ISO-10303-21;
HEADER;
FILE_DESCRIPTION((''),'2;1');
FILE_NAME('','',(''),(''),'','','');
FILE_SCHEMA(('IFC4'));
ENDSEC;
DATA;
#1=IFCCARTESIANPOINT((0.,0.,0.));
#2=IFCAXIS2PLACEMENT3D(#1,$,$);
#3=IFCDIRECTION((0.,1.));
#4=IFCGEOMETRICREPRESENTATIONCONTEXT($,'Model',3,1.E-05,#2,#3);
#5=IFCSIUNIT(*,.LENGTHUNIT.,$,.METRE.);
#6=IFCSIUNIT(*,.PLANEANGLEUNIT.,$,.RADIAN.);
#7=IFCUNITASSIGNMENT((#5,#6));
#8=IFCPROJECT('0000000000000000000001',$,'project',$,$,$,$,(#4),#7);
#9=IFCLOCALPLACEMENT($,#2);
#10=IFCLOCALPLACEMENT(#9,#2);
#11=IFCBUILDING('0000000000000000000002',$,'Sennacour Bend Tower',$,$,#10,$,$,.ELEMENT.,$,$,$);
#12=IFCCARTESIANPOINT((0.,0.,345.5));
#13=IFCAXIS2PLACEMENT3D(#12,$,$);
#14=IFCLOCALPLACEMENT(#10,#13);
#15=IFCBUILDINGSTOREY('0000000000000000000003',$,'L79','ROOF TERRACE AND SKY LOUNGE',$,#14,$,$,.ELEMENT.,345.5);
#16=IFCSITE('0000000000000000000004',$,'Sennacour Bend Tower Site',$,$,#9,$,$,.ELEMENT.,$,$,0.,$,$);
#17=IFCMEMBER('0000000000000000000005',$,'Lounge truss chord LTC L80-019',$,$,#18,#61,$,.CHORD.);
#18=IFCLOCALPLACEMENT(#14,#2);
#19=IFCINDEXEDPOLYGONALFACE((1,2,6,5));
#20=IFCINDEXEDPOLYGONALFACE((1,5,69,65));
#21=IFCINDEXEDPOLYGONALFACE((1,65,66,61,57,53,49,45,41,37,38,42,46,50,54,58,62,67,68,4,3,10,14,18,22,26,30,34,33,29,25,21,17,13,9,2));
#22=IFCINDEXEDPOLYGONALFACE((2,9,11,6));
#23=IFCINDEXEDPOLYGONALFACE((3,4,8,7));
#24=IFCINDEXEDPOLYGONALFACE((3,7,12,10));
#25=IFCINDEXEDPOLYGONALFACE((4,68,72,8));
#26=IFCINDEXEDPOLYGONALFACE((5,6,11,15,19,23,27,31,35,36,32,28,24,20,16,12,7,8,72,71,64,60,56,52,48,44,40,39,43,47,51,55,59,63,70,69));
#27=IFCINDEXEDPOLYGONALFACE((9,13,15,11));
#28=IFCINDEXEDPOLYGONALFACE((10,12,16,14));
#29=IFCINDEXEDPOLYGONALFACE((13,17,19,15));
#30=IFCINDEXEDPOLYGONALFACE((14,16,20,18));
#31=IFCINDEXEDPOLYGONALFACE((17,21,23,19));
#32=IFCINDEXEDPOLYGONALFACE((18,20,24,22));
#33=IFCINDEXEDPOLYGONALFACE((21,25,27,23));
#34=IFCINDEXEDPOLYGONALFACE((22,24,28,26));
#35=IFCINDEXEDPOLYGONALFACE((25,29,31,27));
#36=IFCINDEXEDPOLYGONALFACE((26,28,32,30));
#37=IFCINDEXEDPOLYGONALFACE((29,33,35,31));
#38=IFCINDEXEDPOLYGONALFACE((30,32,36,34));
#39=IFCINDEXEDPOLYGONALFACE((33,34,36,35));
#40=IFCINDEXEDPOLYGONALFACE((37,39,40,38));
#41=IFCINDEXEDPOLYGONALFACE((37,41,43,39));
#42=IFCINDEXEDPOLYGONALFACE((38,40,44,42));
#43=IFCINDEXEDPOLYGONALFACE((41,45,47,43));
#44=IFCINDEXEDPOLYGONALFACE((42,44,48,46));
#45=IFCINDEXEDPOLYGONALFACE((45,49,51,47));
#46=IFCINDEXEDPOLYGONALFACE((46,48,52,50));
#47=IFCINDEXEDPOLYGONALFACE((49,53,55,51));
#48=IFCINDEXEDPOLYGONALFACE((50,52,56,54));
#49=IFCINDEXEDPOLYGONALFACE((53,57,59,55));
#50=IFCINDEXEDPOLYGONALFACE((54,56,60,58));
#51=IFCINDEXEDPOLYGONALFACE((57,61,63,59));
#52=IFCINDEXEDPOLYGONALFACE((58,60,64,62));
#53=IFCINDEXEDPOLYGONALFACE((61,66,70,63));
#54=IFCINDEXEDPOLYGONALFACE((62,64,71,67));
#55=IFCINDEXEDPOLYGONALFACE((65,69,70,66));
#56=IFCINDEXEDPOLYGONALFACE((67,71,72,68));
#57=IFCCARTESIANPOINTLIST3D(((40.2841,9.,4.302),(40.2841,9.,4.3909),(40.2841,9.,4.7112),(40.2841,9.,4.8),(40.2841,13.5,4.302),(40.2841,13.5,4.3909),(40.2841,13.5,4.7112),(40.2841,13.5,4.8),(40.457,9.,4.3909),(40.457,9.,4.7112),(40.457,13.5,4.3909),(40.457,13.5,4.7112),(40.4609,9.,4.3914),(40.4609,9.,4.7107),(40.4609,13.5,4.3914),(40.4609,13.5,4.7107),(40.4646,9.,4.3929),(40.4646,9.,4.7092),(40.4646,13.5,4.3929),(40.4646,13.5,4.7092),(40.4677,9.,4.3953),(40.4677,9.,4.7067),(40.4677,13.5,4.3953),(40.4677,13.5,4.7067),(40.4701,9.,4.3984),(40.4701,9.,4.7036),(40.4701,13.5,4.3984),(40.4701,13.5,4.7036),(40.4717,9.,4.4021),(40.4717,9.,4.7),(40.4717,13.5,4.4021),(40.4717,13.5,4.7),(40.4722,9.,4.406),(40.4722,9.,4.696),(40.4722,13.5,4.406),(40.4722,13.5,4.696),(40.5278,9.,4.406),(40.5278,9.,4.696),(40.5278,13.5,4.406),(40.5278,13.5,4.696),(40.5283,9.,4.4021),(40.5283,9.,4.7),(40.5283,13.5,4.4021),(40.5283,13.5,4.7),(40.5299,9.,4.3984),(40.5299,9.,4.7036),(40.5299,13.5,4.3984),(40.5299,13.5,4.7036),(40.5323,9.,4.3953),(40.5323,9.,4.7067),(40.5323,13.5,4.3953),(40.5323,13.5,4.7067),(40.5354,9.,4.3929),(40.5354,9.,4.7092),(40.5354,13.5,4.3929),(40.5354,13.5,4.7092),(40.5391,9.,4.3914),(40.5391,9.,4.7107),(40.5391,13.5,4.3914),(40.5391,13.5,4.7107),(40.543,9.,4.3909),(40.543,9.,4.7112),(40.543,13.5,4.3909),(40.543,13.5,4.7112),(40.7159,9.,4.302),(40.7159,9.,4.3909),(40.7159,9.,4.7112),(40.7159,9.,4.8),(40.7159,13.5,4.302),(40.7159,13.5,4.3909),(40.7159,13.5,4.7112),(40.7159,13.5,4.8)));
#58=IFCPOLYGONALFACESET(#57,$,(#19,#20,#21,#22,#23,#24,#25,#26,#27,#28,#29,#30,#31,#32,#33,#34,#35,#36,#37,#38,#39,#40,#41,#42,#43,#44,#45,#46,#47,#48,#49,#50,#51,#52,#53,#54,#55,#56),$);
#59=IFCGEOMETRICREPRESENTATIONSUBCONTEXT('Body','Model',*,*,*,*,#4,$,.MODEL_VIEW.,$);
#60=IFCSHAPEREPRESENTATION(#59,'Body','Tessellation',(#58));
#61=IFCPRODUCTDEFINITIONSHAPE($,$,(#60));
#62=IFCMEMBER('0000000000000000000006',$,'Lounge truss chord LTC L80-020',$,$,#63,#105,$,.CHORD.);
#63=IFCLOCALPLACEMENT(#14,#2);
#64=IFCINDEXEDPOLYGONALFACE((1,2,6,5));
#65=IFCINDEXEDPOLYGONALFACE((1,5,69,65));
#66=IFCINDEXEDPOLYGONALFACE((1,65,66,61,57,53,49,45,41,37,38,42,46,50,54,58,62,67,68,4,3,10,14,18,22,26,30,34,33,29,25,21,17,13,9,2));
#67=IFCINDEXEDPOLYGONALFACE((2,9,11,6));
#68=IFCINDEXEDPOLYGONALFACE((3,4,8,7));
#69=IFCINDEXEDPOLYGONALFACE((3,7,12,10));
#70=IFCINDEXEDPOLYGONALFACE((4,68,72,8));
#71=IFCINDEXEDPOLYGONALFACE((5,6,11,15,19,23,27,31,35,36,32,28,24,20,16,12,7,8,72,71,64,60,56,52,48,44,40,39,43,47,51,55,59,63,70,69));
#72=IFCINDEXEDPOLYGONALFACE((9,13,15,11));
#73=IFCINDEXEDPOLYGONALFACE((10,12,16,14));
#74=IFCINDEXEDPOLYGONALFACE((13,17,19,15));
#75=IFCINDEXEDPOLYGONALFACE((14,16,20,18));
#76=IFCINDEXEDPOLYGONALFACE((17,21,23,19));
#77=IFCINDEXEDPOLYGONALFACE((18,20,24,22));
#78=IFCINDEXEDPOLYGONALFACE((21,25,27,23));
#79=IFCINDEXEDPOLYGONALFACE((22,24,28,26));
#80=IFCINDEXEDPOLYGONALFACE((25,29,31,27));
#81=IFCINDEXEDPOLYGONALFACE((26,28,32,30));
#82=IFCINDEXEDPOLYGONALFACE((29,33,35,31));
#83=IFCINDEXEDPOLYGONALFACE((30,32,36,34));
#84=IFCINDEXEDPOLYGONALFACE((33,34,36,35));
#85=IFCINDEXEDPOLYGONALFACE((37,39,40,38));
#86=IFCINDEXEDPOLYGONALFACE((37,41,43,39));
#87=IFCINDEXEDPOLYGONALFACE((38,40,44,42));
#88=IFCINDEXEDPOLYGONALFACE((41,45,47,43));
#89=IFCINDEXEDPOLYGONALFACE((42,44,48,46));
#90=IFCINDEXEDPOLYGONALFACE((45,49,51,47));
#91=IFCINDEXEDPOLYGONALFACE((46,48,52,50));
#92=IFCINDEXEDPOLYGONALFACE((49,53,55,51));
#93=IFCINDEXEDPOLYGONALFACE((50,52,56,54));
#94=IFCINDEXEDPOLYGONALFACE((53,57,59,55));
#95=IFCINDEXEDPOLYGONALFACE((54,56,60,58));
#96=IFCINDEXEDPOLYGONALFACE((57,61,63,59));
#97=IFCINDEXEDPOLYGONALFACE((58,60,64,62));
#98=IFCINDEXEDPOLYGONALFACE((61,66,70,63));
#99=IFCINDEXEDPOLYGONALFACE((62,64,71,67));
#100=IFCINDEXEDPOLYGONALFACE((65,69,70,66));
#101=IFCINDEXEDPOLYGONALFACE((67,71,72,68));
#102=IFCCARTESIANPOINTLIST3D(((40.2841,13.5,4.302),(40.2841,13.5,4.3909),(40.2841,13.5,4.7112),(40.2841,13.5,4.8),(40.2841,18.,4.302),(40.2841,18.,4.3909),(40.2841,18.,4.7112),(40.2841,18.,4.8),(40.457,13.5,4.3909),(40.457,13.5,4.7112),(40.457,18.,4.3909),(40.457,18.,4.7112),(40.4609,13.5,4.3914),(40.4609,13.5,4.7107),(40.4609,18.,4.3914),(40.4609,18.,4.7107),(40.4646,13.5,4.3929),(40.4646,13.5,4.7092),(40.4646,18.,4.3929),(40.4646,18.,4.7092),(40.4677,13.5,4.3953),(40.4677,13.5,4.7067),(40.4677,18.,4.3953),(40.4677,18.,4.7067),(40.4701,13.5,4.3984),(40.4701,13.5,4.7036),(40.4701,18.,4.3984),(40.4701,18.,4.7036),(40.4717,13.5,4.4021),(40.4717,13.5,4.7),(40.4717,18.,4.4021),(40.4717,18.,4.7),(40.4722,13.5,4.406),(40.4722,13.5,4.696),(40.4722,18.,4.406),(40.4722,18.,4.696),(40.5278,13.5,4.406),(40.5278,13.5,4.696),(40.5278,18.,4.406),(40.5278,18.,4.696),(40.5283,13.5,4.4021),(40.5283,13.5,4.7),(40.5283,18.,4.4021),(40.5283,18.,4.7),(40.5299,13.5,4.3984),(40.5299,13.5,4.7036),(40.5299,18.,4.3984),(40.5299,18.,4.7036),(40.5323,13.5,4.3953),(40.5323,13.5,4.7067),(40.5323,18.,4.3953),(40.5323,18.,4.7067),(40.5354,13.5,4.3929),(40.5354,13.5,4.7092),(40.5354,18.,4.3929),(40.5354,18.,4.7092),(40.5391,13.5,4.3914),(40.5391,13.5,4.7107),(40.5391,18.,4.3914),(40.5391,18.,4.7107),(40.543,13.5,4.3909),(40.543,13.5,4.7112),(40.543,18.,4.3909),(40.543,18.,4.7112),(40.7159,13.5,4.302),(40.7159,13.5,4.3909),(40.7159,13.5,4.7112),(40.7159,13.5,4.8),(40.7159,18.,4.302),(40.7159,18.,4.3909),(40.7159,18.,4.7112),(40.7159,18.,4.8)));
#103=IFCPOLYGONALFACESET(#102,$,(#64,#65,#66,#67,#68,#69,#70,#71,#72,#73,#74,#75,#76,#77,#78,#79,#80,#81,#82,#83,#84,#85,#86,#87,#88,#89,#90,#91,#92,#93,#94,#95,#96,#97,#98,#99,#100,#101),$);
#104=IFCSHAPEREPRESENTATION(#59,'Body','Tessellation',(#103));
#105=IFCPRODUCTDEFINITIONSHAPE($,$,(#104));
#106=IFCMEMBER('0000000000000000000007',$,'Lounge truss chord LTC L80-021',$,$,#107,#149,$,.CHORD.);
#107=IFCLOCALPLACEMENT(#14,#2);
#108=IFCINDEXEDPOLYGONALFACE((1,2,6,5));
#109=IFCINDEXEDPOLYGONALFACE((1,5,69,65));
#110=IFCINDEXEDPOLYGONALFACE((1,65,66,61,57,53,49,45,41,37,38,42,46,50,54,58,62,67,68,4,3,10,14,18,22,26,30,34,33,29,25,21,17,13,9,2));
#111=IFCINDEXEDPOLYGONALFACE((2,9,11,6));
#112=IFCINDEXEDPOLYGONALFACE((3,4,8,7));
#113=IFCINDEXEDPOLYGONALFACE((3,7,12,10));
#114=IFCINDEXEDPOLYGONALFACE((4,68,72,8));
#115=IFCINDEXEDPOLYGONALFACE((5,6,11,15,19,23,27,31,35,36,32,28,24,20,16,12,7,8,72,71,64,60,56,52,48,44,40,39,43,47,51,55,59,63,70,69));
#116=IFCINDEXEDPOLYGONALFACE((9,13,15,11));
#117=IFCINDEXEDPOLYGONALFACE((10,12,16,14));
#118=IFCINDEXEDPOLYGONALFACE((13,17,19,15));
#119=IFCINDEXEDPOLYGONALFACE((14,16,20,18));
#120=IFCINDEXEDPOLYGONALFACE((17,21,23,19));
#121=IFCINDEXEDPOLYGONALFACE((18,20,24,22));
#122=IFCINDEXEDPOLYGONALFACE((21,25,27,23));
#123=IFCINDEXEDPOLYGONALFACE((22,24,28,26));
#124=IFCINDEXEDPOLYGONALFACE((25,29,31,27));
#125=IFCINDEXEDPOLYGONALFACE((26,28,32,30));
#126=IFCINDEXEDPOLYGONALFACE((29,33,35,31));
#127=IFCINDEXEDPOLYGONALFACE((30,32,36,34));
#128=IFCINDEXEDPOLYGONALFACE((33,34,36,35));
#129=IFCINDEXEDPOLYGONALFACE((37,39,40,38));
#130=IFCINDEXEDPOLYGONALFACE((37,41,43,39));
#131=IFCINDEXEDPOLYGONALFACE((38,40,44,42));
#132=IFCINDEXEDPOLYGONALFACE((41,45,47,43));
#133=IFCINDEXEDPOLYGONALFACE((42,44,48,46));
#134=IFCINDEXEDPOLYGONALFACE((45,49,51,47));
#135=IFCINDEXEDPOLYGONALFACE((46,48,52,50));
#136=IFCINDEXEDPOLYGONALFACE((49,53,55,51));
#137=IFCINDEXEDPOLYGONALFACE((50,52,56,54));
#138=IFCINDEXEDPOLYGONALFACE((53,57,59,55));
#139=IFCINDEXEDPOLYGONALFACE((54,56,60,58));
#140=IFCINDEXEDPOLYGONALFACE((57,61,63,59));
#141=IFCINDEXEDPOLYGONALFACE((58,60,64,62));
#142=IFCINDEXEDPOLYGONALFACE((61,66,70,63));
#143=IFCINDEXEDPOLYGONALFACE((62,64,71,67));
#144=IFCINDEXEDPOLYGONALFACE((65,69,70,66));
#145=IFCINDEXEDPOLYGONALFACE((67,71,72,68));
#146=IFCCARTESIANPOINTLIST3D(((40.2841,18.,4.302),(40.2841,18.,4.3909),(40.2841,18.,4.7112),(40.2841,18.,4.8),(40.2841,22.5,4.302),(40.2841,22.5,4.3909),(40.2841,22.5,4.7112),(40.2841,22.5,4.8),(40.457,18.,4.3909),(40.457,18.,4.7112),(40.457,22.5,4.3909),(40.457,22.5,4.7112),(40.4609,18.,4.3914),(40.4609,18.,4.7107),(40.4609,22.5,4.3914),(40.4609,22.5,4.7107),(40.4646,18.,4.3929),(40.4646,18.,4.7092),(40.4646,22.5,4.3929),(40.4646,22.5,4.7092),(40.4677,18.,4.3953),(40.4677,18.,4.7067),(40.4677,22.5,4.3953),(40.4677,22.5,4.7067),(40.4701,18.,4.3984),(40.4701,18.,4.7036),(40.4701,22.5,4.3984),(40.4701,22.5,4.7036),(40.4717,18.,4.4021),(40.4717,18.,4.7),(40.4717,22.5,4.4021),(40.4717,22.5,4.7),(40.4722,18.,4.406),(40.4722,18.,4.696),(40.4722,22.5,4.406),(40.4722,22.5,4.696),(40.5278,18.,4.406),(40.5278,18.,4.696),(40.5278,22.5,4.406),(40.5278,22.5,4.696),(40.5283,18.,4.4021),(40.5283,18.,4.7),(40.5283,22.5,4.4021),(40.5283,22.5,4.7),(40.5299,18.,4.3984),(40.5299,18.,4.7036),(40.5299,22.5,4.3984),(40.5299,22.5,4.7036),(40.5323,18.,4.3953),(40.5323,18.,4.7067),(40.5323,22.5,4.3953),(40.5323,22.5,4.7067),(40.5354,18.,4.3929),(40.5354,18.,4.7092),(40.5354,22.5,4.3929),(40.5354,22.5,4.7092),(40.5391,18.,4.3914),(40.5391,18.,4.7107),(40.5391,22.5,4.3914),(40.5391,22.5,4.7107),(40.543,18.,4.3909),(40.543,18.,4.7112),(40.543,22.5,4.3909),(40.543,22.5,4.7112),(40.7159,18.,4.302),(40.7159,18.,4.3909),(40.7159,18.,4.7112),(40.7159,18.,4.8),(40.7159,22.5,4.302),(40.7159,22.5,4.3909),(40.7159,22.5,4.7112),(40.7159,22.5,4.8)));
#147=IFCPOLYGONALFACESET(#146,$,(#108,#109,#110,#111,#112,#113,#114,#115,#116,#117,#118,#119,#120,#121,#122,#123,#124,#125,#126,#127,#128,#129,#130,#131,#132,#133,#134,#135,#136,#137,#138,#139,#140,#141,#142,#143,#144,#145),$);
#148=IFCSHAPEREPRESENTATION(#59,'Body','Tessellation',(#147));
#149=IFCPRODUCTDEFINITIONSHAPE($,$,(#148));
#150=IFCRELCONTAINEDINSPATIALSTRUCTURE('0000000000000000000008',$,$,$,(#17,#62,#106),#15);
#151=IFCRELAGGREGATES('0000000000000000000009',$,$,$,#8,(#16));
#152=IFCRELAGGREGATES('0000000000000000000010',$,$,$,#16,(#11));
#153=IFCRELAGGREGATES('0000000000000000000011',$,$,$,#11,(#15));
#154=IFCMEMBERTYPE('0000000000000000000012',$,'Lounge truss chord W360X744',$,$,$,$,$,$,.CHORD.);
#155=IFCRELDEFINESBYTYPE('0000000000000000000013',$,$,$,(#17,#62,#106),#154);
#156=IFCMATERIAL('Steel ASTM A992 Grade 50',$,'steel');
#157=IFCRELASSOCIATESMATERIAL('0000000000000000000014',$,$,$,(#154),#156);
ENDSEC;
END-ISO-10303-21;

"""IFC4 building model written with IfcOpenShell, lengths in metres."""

from ifc_helpers import new_model, si_unit, direction, frame, origin, origin_2d, place, context, subcontext, project, spatial, i_section, extrude, material, material_profile, profile_set, type_object, element, save


model = new_model("IFC4")

# Units and contexts
model_context = context("Model", 3, precision=1e-05, world=origin(), true_north=direction((0.0, 1.0)))
body_context = subcontext(model_context, "Body", "Model", "MODEL_VIEW")
ifc_project = project(units=[si_unit("LENGTHUNIT", "METRE"), si_unit("PLANEANGLEUNIT", "RADIAN")], contexts=[model_context])

# Site, building, storey
site_placement = place(None, origin())
site = spatial("IfcSite", under=ifc_project, at=site_placement, Name="Sennacour Bend Tower Site", CompositionType="ELEMENT", RefElevation=0.0)
building_placement = place(site_placement, origin())
building = spatial("IfcBuilding", under=site, at=building_placement, Name="Sennacour Bend Tower", CompositionType="ELEMENT")
storey_placement = place(building_placement, frame((0.0, 0.0, 345.5)))
storey = spatial("IfcBuildingStorey", under=building, at=storey_placement, Name="L79", Description="ROOF TERRACE AND SKY LOUNGE", CompositionType="ELEMENT", Elevation=345.5)

# Members
ifc_material_1 = material(Name="Steel ASTM A992 Grade 50", Category="steel")
ifc_material_profile_1 = material_profile(ifc_material_1, i_section(OverallWidth=0.4319, OverallDepth=0.498, WebThickness=0.0557, FlangeThickness=0.0889, FilletRadius=0.0151, at=origin_2d()), Name="Steel ASTM A992 Grade 50", Category="steel")
ifc_profile_set_1 = profile_set([ifc_material_profile_1], Name="Steel ASTM A992 Grade 50")
member_type_1 = type_object("IfcMemberType", Name="Lounge truss chord W360X744", PredefinedType="CHORD", material=ifc_profile_set_1)
for number, where, z_axis, x_axis, name in (
    (1, (40.5, 9.0, 4.551), (0.0, 1.0, 0.0), (-1.0, 0.0, 0.0), "Lounge truss chord LTC L80-019"),
    (2, (40.5, 13.5, 4.551), (0.0, 1.0, 0.0), (-1.0, 0.0, 0.0), "Lounge truss chord LTC L80-020"),
    (3, (40.5, 18.0, 4.551), (0.0, 1.0, 0.0), (-1.0, 0.0, 0.0), "Lounge truss chord LTC L80-021"),
):
    element("IfcMember", number, at=place(storey_placement, frame(where, z_axis=z_axis, x_axis=x_axis)), inside=storey, type_object=member_type_1, Name=name, PredefinedType="CHORD", context=body_context, shape_type="SweptSolid", body=[
        extrude(i_section(OverallWidth=0.4319, OverallDepth=0.498, WebThickness=0.0557, FlangeThickness=0.0889, FilletRadius=0.0151, at=origin_2d()), origin(), (0.0, 0.0, 1.0), 4.5),
    ])

save(model, "model.ifc")
